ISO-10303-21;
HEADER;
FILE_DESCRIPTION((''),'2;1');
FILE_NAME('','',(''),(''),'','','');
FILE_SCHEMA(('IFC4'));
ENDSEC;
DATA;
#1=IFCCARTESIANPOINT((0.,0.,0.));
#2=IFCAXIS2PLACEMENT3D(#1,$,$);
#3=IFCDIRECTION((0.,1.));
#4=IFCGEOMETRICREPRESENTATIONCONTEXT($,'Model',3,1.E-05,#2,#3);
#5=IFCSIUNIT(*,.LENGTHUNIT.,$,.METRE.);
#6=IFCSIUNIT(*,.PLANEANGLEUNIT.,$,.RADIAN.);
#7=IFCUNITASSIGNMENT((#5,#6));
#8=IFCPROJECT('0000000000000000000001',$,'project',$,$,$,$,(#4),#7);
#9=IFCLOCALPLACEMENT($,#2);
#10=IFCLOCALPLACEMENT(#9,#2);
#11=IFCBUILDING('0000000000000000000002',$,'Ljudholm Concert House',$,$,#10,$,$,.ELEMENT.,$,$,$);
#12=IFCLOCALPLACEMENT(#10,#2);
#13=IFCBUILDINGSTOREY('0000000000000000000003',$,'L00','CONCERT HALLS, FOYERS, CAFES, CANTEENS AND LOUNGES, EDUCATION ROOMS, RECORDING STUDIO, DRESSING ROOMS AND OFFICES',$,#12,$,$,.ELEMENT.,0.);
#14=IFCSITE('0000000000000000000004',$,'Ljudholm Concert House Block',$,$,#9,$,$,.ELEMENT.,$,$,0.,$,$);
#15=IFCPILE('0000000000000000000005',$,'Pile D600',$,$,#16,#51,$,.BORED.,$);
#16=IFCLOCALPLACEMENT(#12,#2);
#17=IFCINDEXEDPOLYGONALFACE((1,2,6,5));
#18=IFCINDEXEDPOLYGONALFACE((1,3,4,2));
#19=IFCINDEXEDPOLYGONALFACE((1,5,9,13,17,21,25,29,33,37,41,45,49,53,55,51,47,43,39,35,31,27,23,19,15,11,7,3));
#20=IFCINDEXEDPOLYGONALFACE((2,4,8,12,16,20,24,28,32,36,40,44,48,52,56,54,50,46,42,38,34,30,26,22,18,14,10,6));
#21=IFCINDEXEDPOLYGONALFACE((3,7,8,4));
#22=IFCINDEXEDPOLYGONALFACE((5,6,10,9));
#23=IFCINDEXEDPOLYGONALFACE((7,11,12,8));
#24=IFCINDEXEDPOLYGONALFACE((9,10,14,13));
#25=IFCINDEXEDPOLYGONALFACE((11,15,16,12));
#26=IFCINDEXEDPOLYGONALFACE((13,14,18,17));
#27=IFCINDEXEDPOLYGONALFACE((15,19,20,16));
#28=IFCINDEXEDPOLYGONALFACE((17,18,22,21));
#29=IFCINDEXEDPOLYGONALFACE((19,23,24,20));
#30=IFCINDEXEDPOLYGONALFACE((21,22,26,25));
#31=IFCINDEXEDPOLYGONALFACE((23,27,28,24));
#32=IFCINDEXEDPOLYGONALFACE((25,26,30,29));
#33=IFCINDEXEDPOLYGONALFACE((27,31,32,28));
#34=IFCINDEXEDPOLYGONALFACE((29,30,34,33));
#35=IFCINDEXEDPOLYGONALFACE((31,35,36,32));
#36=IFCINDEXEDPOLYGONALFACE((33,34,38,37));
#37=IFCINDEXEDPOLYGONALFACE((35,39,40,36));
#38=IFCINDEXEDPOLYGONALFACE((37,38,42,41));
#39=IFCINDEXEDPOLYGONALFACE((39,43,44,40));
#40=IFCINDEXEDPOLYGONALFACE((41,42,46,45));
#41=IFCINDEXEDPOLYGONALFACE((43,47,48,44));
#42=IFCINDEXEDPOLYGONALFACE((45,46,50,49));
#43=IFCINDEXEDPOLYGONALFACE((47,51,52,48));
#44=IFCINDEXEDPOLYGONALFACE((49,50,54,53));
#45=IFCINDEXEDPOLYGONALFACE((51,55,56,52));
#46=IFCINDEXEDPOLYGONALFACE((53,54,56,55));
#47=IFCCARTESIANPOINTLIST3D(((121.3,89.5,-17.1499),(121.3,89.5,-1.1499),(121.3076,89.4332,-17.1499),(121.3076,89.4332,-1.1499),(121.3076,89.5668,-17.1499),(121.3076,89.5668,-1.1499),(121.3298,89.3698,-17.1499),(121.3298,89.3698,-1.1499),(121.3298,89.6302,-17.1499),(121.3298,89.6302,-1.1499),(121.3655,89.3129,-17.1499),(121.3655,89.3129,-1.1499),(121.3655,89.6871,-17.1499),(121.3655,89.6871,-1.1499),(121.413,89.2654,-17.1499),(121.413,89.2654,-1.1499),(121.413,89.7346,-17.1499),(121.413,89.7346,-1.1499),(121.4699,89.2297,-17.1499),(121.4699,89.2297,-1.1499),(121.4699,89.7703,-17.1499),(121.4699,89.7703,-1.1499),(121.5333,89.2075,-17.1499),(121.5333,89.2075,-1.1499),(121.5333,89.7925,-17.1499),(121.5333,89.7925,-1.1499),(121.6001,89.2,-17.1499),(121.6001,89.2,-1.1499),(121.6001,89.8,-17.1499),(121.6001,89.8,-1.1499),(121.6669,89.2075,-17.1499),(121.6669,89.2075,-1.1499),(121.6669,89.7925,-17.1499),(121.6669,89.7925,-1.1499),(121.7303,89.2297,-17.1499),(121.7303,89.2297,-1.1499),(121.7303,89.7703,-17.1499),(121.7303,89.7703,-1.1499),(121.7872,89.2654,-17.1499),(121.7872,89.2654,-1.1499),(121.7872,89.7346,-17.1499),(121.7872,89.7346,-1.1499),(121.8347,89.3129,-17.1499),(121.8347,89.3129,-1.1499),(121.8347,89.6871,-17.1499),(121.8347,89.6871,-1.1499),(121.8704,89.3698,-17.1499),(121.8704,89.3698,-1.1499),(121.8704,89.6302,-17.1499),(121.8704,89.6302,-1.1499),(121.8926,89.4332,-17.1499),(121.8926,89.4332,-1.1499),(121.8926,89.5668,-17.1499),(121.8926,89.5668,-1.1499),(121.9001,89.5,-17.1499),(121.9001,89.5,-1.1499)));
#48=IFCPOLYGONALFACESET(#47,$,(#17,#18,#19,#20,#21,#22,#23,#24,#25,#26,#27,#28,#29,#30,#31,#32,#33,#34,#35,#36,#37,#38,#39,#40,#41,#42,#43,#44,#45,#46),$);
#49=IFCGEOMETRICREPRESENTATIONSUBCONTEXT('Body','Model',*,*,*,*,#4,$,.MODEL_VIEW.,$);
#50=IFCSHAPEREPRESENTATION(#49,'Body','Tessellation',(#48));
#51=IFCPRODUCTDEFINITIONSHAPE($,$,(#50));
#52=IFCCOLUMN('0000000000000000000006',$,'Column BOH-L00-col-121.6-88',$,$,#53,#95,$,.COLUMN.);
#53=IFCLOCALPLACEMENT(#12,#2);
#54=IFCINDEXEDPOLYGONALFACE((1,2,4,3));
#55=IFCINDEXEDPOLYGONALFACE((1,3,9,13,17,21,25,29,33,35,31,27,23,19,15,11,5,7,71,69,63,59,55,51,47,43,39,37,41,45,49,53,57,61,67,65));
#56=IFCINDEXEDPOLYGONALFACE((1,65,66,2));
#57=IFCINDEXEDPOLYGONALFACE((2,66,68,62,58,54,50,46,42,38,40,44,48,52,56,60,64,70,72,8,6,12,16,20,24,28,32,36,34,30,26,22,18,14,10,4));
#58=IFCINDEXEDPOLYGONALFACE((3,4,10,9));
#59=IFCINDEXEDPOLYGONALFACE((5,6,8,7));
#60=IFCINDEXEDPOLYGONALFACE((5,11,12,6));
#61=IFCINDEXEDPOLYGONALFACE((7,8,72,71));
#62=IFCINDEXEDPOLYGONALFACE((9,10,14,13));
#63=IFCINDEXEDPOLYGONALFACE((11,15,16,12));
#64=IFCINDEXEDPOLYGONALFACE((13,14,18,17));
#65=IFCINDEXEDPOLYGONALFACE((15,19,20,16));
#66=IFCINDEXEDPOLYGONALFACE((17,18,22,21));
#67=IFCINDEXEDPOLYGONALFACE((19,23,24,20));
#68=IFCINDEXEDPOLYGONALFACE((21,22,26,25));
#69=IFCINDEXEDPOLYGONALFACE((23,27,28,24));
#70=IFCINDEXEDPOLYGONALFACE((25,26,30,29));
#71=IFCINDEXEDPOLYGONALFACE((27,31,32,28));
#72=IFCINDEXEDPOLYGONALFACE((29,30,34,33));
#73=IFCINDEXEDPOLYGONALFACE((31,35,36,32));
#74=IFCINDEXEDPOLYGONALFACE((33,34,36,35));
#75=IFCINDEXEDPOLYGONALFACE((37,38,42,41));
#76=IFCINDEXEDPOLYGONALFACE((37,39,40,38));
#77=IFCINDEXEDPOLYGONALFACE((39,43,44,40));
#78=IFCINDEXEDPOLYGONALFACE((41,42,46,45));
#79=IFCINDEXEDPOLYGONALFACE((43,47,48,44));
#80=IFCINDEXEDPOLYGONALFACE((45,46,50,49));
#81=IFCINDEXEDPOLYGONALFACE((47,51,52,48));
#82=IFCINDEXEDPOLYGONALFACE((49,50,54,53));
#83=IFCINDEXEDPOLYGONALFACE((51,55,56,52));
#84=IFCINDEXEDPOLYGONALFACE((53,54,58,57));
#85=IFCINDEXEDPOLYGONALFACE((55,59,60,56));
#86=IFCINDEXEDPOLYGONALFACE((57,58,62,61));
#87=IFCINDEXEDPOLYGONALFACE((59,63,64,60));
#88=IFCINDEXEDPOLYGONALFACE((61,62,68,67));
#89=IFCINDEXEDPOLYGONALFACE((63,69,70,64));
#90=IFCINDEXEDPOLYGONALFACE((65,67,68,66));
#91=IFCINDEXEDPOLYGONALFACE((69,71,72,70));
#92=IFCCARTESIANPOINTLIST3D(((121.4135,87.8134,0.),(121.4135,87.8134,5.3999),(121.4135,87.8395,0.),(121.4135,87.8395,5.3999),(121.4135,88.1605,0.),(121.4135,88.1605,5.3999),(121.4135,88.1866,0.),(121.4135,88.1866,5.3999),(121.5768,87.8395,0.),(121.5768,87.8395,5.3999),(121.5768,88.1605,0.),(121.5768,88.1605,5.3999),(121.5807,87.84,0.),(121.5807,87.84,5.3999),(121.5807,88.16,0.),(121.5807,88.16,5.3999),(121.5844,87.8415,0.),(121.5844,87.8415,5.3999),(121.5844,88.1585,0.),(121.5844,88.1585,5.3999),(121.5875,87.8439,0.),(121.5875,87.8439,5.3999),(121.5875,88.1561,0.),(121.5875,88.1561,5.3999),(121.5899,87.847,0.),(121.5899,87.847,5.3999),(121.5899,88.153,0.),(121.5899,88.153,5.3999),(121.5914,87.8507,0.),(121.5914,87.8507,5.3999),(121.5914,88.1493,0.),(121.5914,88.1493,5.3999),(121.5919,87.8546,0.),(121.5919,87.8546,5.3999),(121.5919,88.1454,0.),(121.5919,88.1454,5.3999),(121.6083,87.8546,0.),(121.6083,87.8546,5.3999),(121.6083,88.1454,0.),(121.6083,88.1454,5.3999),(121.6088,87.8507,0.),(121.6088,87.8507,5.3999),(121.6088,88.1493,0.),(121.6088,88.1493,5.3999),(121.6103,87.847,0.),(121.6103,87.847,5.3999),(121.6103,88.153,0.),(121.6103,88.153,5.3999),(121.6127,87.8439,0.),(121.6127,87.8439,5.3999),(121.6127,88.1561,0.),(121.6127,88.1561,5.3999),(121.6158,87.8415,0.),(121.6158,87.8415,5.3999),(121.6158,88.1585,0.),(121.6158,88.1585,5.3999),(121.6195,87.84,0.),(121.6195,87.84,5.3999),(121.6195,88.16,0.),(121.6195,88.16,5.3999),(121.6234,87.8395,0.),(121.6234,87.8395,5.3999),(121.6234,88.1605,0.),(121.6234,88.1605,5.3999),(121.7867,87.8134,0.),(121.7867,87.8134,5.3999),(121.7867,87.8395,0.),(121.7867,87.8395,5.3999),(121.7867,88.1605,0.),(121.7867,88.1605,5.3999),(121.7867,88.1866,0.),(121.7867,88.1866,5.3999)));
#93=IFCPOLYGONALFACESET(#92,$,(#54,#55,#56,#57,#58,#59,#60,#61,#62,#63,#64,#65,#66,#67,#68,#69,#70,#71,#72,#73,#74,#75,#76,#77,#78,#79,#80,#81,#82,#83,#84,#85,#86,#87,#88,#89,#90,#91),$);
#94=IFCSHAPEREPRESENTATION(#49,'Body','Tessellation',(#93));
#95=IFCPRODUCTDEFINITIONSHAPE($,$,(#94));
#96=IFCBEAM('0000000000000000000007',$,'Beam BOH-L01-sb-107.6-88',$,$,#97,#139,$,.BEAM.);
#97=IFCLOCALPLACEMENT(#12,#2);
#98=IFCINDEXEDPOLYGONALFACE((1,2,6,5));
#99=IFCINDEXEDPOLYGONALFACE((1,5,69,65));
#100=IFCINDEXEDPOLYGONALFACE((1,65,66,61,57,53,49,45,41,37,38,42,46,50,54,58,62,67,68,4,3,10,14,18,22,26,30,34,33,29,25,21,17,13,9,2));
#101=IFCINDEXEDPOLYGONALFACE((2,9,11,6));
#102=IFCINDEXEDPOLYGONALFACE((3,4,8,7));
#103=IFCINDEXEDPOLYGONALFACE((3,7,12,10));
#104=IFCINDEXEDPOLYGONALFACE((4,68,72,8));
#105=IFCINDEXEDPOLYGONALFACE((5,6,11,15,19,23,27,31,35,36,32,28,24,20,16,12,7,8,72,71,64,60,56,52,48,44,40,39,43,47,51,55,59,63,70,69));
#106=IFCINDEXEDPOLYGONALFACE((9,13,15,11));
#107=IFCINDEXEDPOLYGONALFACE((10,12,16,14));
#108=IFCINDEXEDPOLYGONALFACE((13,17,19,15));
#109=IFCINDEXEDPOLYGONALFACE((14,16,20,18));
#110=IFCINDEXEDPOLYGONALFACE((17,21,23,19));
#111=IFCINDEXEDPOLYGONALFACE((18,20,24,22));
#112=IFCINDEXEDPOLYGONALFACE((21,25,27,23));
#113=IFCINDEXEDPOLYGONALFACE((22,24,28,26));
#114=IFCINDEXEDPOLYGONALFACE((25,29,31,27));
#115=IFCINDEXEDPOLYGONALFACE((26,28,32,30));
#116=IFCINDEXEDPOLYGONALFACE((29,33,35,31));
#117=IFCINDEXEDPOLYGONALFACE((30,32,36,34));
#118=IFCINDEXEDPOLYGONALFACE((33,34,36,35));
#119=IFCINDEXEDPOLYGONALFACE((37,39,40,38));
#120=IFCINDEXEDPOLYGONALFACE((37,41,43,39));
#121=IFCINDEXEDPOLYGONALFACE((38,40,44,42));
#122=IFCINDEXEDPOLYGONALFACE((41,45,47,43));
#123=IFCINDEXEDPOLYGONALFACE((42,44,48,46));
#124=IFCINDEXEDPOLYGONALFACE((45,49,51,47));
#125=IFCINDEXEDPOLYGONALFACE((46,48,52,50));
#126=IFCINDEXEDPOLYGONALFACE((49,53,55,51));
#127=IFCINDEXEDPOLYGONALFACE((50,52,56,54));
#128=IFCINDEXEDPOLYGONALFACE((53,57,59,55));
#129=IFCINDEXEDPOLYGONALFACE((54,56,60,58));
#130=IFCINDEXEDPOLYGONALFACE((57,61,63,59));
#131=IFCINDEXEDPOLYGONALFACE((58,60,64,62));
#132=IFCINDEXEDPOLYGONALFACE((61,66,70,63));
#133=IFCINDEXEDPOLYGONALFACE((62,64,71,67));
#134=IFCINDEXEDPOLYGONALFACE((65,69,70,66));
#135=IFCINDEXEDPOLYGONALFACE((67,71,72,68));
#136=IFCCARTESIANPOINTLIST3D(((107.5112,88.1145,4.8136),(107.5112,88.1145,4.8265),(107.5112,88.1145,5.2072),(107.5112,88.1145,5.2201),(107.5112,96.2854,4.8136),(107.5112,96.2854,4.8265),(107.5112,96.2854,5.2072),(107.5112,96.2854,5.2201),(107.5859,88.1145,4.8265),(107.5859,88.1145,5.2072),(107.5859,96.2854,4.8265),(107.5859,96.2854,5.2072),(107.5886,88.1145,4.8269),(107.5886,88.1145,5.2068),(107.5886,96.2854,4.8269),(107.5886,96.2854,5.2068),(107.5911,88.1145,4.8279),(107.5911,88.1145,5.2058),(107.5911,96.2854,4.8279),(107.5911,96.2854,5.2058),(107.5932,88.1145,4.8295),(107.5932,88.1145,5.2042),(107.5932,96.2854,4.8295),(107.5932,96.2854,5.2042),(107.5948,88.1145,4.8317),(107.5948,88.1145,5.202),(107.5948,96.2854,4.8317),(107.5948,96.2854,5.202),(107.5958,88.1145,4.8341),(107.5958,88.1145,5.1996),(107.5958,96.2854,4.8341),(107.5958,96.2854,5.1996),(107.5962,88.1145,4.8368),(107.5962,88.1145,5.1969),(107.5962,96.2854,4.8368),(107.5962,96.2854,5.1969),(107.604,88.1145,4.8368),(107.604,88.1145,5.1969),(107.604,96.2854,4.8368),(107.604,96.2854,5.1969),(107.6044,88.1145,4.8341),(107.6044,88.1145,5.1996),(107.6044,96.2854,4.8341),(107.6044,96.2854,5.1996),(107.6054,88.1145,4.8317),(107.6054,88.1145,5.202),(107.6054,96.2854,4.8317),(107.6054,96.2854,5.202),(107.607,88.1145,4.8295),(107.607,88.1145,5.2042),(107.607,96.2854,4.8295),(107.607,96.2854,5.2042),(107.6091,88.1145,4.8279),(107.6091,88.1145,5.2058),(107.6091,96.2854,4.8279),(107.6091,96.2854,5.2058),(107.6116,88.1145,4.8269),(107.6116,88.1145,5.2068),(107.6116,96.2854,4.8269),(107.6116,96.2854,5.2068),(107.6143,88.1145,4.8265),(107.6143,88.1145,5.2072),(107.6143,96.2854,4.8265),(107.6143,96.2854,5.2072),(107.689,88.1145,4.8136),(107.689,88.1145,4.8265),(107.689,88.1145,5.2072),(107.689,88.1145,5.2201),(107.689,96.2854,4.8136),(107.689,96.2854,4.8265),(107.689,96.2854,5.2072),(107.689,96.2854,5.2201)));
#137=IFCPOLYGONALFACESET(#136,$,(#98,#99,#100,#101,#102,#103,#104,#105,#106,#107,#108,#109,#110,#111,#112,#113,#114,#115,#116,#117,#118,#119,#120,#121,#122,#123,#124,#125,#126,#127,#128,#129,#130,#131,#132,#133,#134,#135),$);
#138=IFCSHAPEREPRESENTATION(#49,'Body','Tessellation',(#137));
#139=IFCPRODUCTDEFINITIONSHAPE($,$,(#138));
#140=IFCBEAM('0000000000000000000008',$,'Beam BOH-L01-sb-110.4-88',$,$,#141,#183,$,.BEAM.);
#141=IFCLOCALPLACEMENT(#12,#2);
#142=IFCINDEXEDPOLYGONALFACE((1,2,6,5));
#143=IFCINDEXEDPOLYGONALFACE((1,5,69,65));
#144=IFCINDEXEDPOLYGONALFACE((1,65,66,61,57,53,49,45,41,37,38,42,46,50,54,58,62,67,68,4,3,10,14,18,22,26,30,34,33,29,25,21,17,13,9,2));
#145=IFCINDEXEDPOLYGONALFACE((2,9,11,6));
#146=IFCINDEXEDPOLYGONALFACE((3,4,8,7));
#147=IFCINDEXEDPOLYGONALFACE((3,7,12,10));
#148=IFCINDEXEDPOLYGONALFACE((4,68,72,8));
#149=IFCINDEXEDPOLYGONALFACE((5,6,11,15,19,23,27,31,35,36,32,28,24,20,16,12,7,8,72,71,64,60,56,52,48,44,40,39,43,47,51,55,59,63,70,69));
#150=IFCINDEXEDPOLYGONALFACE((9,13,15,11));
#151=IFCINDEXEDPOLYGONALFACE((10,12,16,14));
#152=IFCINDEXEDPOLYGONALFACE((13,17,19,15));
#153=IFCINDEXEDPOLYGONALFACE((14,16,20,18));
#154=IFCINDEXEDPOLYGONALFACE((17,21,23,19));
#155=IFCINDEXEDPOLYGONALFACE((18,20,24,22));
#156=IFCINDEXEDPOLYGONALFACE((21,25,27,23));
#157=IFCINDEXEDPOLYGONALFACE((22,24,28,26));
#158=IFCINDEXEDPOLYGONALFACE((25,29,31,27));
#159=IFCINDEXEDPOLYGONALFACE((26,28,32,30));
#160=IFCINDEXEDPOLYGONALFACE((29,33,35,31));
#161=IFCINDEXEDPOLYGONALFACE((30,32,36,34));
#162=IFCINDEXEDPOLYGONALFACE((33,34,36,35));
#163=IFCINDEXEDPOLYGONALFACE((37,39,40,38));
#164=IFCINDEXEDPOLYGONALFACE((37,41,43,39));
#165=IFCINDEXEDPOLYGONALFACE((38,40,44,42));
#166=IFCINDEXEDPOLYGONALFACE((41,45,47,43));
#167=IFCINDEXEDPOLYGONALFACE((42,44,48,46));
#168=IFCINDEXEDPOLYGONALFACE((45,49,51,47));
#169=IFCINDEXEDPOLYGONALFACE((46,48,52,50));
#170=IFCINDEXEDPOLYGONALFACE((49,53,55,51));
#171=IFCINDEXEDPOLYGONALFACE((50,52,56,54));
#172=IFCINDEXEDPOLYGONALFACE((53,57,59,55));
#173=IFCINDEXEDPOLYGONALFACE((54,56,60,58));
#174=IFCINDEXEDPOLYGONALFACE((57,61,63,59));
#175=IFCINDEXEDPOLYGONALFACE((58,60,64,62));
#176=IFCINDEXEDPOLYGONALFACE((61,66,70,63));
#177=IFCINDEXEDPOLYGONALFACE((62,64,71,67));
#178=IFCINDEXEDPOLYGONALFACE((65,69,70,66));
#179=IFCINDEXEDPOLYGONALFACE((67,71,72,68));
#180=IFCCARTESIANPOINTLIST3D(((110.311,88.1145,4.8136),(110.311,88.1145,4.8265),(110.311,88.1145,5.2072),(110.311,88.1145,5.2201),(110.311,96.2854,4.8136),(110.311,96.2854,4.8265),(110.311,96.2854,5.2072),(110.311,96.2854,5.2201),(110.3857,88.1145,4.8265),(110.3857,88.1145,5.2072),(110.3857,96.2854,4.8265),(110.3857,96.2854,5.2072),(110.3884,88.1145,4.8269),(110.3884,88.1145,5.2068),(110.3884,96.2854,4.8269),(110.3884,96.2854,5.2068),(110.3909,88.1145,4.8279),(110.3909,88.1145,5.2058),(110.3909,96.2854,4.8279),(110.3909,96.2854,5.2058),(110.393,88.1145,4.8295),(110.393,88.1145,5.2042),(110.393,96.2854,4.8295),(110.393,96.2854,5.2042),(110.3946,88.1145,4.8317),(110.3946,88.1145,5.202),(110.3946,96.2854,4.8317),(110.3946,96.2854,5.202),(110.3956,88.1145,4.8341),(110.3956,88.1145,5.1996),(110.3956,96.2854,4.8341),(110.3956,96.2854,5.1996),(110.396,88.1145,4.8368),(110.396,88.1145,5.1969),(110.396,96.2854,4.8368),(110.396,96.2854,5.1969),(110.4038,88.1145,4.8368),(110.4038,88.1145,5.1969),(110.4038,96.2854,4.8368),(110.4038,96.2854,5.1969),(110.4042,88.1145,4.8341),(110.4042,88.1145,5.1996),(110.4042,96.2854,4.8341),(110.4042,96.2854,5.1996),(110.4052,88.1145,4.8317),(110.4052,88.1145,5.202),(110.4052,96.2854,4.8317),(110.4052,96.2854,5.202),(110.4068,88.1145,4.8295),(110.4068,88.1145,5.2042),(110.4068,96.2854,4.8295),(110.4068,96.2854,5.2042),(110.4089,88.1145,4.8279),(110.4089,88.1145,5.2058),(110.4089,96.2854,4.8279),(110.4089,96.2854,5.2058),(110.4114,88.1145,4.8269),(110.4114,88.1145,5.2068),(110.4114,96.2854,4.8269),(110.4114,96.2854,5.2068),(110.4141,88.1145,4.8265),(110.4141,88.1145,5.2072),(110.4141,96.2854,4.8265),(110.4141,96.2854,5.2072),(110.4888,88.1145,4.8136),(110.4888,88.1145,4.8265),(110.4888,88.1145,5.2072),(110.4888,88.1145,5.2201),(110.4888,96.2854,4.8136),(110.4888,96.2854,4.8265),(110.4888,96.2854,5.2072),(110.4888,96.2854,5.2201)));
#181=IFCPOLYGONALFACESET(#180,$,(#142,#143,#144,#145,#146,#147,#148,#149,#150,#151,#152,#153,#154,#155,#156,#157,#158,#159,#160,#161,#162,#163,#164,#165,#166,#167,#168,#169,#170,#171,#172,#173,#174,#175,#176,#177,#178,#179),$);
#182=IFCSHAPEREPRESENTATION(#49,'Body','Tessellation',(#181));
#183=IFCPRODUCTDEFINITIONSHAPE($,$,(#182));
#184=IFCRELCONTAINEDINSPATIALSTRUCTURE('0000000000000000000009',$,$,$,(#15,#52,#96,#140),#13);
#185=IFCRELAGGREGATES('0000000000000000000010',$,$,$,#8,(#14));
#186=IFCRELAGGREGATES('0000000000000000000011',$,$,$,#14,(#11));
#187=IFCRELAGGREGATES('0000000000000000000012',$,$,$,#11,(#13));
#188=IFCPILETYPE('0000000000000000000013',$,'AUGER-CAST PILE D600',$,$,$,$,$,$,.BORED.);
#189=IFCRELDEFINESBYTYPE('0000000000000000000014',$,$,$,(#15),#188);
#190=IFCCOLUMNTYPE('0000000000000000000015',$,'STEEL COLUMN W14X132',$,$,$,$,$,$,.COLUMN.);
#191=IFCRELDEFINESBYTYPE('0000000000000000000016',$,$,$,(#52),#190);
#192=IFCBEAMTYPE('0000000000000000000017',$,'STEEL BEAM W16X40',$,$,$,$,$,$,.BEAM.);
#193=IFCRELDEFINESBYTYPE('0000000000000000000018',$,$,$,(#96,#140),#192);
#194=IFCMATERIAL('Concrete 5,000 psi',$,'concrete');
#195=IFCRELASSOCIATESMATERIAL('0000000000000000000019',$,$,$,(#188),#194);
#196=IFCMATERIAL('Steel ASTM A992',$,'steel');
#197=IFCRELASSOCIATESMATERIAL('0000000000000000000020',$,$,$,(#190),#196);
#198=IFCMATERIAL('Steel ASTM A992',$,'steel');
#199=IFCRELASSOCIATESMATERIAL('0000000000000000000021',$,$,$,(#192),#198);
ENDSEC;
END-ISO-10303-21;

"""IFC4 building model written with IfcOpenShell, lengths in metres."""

from ifc_helpers import new_model, si_unit, direction, frame, origin, origin_2d, place, context, subcontext, project, spatial, circle, i_section, extrude, material, material_profile, profile_set, type_object, element, save


model = new_model("IFC4")

# Units and contexts
model_context = context("Model", 3, precision=1e-05, world=origin(), true_north=direction((0.0, 1.0)))
body_context = subcontext(model_context, "Body", "Model", "MODEL_VIEW")
ifc_project = project(units=[si_unit("LENGTHUNIT", "METRE"), si_unit("PLANEANGLEUNIT", "RADIAN")], contexts=[model_context])

# Site, building, storey
site_placement = place(None, origin())
site = spatial("IfcSite", under=ifc_project, at=site_placement, Name="Ljudholm Concert House Block", CompositionType="ELEMENT", RefElevation=0.0)
building_placement = place(site_placement, origin())
building = spatial("IfcBuilding", under=site, at=building_placement, Name="Ljudholm Concert House", CompositionType="ELEMENT")
storey_placement = place(building_placement, origin())
storey = spatial("IfcBuildingStorey", under=building, at=storey_placement, Name="L00", Description="CONCERT HALLS, FOYERS, CAFES, CANTEENS AND LOUNGES, EDUCATION ROOMS, RECORDING STUDIO, DRESSING ROOMS AND OFFICES", CompositionType="ELEMENT", Elevation=0.0)

# Pile
ifc_material_1 = material(Name="Concrete 5,000 psi", Category="concrete")
ifc_material_profile_1 = material_profile(ifc_material_1, circle(Radius=0.3, at=origin_2d()), Name="AUGER-CAST PILE D600")
ifc_profile_set_1 = profile_set([ifc_material_profile_1], Name="Concrete 5,000 psi")
pile_type = type_object("IfcPileType", Name="AUGER-CAST PILE D600", PredefinedType="BORED", material=ifc_profile_set_1)
for number, where, z_axis, x_axis, name in (
    (1, (121.6001, 89.5, -1.1499), (0.0, 0.0, -1.0), (1.0, 0.0, 0.0), "Pile D600"),
):
    element("IfcPile", number, at=place(storey_placement, frame(where, z_axis=z_axis, x_axis=x_axis)), inside=storey, type_object=pile_type, Name=name, PredefinedType="BORED", context=body_context, shape_type="SweptSolid", body=[
        extrude(circle(Radius=0.3, at=origin_2d()), origin(), (0.0, 0.0, 1.0), 16.0),
    ])

# Column
ifc_material_2 = material(Name="Steel ASTM A992", Category="steel")
ifc_material_profile_2 = material_profile(ifc_material_2, i_section(OverallWidth=0.3733, OverallDepth=0.3733, WebThickness=0.0164, FlangeThickness=0.0261, FilletRadius=0.0151, at=origin_2d()), Name="W14X132")
ifc_profile_set_2 = profile_set([ifc_material_profile_2], Name="Steel ASTM A992")
column_type = type_object("IfcColumnType", Name="STEEL COLUMN W14X132", PredefinedType="COLUMN", material=ifc_profile_set_2)
column_placement = place(storey_placement, frame((121.6001, 88.0, 0.0), z_axis=(0.0, 0.0, 1.0), x_axis=(1.0, 0.0, 0.0)))
element("IfcColumn", 2, at=column_placement, inside=storey, type_object=column_type, Name="Column BOH-L00-col-121.6-88", PredefinedType="COLUMN", context=body_context, shape_type="SweptSolid", body=[
    extrude(i_section(OverallWidth=0.3733, OverallDepth=0.3733, WebThickness=0.0164, FlangeThickness=0.0261, FilletRadius=0.0151, at=origin_2d()), origin(), (0.0, 0.0, 1.0), 5.3999),
])

# Beams
ifc_material_3 = material(Name="Steel ASTM A992", Category="steel")
ifc_material_profile_3 = material_profile(ifc_material_3, i_section(OverallWidth=0.1777, OverallDepth=0.4065, WebThickness=0.0078, FlangeThickness=0.0129, FilletRadius=0.0103, at=origin_2d()), Name="W16X40")
ifc_profile_set_3 = profile_set([ifc_material_profile_3], Name="Steel ASTM A992")
beam_type_1 = type_object("IfcBeamType", Name="STEEL BEAM W16X40", PredefinedType="BEAM", material=ifc_profile_set_3)
for number, where, z_axis, x_axis, name in (
    (3, (107.6001, 88.1145, 5.0168), (0.0, 1.0, 0.0), (-1.0, 0.0, 0.0), "Beam BOH-L01-sb-107.6-88"),
    (4, (110.3999, 88.1145, 5.0168), (0.0, 1.0, 0.0), (-1.0, 0.0, 0.0), "Beam BOH-L01-sb-110.4-88"),
):
    element("IfcBeam", number, at=place(storey_placement, frame(where, z_axis=z_axis, x_axis=x_axis)), inside=storey, type_object=beam_type_1, Name=name, PredefinedType="BEAM", context=body_context, shape_type="SweptSolid", body=[
        extrude(i_section(OverallWidth=0.1777, OverallDepth=0.4065, WebThickness=0.0078, FlangeThickness=0.0129, FilletRadius=0.0103, at=origin_2d()), origin(), (0.0, 0.0, 1.0), 8.1709),
    ])

save(model, "model.ifc")
